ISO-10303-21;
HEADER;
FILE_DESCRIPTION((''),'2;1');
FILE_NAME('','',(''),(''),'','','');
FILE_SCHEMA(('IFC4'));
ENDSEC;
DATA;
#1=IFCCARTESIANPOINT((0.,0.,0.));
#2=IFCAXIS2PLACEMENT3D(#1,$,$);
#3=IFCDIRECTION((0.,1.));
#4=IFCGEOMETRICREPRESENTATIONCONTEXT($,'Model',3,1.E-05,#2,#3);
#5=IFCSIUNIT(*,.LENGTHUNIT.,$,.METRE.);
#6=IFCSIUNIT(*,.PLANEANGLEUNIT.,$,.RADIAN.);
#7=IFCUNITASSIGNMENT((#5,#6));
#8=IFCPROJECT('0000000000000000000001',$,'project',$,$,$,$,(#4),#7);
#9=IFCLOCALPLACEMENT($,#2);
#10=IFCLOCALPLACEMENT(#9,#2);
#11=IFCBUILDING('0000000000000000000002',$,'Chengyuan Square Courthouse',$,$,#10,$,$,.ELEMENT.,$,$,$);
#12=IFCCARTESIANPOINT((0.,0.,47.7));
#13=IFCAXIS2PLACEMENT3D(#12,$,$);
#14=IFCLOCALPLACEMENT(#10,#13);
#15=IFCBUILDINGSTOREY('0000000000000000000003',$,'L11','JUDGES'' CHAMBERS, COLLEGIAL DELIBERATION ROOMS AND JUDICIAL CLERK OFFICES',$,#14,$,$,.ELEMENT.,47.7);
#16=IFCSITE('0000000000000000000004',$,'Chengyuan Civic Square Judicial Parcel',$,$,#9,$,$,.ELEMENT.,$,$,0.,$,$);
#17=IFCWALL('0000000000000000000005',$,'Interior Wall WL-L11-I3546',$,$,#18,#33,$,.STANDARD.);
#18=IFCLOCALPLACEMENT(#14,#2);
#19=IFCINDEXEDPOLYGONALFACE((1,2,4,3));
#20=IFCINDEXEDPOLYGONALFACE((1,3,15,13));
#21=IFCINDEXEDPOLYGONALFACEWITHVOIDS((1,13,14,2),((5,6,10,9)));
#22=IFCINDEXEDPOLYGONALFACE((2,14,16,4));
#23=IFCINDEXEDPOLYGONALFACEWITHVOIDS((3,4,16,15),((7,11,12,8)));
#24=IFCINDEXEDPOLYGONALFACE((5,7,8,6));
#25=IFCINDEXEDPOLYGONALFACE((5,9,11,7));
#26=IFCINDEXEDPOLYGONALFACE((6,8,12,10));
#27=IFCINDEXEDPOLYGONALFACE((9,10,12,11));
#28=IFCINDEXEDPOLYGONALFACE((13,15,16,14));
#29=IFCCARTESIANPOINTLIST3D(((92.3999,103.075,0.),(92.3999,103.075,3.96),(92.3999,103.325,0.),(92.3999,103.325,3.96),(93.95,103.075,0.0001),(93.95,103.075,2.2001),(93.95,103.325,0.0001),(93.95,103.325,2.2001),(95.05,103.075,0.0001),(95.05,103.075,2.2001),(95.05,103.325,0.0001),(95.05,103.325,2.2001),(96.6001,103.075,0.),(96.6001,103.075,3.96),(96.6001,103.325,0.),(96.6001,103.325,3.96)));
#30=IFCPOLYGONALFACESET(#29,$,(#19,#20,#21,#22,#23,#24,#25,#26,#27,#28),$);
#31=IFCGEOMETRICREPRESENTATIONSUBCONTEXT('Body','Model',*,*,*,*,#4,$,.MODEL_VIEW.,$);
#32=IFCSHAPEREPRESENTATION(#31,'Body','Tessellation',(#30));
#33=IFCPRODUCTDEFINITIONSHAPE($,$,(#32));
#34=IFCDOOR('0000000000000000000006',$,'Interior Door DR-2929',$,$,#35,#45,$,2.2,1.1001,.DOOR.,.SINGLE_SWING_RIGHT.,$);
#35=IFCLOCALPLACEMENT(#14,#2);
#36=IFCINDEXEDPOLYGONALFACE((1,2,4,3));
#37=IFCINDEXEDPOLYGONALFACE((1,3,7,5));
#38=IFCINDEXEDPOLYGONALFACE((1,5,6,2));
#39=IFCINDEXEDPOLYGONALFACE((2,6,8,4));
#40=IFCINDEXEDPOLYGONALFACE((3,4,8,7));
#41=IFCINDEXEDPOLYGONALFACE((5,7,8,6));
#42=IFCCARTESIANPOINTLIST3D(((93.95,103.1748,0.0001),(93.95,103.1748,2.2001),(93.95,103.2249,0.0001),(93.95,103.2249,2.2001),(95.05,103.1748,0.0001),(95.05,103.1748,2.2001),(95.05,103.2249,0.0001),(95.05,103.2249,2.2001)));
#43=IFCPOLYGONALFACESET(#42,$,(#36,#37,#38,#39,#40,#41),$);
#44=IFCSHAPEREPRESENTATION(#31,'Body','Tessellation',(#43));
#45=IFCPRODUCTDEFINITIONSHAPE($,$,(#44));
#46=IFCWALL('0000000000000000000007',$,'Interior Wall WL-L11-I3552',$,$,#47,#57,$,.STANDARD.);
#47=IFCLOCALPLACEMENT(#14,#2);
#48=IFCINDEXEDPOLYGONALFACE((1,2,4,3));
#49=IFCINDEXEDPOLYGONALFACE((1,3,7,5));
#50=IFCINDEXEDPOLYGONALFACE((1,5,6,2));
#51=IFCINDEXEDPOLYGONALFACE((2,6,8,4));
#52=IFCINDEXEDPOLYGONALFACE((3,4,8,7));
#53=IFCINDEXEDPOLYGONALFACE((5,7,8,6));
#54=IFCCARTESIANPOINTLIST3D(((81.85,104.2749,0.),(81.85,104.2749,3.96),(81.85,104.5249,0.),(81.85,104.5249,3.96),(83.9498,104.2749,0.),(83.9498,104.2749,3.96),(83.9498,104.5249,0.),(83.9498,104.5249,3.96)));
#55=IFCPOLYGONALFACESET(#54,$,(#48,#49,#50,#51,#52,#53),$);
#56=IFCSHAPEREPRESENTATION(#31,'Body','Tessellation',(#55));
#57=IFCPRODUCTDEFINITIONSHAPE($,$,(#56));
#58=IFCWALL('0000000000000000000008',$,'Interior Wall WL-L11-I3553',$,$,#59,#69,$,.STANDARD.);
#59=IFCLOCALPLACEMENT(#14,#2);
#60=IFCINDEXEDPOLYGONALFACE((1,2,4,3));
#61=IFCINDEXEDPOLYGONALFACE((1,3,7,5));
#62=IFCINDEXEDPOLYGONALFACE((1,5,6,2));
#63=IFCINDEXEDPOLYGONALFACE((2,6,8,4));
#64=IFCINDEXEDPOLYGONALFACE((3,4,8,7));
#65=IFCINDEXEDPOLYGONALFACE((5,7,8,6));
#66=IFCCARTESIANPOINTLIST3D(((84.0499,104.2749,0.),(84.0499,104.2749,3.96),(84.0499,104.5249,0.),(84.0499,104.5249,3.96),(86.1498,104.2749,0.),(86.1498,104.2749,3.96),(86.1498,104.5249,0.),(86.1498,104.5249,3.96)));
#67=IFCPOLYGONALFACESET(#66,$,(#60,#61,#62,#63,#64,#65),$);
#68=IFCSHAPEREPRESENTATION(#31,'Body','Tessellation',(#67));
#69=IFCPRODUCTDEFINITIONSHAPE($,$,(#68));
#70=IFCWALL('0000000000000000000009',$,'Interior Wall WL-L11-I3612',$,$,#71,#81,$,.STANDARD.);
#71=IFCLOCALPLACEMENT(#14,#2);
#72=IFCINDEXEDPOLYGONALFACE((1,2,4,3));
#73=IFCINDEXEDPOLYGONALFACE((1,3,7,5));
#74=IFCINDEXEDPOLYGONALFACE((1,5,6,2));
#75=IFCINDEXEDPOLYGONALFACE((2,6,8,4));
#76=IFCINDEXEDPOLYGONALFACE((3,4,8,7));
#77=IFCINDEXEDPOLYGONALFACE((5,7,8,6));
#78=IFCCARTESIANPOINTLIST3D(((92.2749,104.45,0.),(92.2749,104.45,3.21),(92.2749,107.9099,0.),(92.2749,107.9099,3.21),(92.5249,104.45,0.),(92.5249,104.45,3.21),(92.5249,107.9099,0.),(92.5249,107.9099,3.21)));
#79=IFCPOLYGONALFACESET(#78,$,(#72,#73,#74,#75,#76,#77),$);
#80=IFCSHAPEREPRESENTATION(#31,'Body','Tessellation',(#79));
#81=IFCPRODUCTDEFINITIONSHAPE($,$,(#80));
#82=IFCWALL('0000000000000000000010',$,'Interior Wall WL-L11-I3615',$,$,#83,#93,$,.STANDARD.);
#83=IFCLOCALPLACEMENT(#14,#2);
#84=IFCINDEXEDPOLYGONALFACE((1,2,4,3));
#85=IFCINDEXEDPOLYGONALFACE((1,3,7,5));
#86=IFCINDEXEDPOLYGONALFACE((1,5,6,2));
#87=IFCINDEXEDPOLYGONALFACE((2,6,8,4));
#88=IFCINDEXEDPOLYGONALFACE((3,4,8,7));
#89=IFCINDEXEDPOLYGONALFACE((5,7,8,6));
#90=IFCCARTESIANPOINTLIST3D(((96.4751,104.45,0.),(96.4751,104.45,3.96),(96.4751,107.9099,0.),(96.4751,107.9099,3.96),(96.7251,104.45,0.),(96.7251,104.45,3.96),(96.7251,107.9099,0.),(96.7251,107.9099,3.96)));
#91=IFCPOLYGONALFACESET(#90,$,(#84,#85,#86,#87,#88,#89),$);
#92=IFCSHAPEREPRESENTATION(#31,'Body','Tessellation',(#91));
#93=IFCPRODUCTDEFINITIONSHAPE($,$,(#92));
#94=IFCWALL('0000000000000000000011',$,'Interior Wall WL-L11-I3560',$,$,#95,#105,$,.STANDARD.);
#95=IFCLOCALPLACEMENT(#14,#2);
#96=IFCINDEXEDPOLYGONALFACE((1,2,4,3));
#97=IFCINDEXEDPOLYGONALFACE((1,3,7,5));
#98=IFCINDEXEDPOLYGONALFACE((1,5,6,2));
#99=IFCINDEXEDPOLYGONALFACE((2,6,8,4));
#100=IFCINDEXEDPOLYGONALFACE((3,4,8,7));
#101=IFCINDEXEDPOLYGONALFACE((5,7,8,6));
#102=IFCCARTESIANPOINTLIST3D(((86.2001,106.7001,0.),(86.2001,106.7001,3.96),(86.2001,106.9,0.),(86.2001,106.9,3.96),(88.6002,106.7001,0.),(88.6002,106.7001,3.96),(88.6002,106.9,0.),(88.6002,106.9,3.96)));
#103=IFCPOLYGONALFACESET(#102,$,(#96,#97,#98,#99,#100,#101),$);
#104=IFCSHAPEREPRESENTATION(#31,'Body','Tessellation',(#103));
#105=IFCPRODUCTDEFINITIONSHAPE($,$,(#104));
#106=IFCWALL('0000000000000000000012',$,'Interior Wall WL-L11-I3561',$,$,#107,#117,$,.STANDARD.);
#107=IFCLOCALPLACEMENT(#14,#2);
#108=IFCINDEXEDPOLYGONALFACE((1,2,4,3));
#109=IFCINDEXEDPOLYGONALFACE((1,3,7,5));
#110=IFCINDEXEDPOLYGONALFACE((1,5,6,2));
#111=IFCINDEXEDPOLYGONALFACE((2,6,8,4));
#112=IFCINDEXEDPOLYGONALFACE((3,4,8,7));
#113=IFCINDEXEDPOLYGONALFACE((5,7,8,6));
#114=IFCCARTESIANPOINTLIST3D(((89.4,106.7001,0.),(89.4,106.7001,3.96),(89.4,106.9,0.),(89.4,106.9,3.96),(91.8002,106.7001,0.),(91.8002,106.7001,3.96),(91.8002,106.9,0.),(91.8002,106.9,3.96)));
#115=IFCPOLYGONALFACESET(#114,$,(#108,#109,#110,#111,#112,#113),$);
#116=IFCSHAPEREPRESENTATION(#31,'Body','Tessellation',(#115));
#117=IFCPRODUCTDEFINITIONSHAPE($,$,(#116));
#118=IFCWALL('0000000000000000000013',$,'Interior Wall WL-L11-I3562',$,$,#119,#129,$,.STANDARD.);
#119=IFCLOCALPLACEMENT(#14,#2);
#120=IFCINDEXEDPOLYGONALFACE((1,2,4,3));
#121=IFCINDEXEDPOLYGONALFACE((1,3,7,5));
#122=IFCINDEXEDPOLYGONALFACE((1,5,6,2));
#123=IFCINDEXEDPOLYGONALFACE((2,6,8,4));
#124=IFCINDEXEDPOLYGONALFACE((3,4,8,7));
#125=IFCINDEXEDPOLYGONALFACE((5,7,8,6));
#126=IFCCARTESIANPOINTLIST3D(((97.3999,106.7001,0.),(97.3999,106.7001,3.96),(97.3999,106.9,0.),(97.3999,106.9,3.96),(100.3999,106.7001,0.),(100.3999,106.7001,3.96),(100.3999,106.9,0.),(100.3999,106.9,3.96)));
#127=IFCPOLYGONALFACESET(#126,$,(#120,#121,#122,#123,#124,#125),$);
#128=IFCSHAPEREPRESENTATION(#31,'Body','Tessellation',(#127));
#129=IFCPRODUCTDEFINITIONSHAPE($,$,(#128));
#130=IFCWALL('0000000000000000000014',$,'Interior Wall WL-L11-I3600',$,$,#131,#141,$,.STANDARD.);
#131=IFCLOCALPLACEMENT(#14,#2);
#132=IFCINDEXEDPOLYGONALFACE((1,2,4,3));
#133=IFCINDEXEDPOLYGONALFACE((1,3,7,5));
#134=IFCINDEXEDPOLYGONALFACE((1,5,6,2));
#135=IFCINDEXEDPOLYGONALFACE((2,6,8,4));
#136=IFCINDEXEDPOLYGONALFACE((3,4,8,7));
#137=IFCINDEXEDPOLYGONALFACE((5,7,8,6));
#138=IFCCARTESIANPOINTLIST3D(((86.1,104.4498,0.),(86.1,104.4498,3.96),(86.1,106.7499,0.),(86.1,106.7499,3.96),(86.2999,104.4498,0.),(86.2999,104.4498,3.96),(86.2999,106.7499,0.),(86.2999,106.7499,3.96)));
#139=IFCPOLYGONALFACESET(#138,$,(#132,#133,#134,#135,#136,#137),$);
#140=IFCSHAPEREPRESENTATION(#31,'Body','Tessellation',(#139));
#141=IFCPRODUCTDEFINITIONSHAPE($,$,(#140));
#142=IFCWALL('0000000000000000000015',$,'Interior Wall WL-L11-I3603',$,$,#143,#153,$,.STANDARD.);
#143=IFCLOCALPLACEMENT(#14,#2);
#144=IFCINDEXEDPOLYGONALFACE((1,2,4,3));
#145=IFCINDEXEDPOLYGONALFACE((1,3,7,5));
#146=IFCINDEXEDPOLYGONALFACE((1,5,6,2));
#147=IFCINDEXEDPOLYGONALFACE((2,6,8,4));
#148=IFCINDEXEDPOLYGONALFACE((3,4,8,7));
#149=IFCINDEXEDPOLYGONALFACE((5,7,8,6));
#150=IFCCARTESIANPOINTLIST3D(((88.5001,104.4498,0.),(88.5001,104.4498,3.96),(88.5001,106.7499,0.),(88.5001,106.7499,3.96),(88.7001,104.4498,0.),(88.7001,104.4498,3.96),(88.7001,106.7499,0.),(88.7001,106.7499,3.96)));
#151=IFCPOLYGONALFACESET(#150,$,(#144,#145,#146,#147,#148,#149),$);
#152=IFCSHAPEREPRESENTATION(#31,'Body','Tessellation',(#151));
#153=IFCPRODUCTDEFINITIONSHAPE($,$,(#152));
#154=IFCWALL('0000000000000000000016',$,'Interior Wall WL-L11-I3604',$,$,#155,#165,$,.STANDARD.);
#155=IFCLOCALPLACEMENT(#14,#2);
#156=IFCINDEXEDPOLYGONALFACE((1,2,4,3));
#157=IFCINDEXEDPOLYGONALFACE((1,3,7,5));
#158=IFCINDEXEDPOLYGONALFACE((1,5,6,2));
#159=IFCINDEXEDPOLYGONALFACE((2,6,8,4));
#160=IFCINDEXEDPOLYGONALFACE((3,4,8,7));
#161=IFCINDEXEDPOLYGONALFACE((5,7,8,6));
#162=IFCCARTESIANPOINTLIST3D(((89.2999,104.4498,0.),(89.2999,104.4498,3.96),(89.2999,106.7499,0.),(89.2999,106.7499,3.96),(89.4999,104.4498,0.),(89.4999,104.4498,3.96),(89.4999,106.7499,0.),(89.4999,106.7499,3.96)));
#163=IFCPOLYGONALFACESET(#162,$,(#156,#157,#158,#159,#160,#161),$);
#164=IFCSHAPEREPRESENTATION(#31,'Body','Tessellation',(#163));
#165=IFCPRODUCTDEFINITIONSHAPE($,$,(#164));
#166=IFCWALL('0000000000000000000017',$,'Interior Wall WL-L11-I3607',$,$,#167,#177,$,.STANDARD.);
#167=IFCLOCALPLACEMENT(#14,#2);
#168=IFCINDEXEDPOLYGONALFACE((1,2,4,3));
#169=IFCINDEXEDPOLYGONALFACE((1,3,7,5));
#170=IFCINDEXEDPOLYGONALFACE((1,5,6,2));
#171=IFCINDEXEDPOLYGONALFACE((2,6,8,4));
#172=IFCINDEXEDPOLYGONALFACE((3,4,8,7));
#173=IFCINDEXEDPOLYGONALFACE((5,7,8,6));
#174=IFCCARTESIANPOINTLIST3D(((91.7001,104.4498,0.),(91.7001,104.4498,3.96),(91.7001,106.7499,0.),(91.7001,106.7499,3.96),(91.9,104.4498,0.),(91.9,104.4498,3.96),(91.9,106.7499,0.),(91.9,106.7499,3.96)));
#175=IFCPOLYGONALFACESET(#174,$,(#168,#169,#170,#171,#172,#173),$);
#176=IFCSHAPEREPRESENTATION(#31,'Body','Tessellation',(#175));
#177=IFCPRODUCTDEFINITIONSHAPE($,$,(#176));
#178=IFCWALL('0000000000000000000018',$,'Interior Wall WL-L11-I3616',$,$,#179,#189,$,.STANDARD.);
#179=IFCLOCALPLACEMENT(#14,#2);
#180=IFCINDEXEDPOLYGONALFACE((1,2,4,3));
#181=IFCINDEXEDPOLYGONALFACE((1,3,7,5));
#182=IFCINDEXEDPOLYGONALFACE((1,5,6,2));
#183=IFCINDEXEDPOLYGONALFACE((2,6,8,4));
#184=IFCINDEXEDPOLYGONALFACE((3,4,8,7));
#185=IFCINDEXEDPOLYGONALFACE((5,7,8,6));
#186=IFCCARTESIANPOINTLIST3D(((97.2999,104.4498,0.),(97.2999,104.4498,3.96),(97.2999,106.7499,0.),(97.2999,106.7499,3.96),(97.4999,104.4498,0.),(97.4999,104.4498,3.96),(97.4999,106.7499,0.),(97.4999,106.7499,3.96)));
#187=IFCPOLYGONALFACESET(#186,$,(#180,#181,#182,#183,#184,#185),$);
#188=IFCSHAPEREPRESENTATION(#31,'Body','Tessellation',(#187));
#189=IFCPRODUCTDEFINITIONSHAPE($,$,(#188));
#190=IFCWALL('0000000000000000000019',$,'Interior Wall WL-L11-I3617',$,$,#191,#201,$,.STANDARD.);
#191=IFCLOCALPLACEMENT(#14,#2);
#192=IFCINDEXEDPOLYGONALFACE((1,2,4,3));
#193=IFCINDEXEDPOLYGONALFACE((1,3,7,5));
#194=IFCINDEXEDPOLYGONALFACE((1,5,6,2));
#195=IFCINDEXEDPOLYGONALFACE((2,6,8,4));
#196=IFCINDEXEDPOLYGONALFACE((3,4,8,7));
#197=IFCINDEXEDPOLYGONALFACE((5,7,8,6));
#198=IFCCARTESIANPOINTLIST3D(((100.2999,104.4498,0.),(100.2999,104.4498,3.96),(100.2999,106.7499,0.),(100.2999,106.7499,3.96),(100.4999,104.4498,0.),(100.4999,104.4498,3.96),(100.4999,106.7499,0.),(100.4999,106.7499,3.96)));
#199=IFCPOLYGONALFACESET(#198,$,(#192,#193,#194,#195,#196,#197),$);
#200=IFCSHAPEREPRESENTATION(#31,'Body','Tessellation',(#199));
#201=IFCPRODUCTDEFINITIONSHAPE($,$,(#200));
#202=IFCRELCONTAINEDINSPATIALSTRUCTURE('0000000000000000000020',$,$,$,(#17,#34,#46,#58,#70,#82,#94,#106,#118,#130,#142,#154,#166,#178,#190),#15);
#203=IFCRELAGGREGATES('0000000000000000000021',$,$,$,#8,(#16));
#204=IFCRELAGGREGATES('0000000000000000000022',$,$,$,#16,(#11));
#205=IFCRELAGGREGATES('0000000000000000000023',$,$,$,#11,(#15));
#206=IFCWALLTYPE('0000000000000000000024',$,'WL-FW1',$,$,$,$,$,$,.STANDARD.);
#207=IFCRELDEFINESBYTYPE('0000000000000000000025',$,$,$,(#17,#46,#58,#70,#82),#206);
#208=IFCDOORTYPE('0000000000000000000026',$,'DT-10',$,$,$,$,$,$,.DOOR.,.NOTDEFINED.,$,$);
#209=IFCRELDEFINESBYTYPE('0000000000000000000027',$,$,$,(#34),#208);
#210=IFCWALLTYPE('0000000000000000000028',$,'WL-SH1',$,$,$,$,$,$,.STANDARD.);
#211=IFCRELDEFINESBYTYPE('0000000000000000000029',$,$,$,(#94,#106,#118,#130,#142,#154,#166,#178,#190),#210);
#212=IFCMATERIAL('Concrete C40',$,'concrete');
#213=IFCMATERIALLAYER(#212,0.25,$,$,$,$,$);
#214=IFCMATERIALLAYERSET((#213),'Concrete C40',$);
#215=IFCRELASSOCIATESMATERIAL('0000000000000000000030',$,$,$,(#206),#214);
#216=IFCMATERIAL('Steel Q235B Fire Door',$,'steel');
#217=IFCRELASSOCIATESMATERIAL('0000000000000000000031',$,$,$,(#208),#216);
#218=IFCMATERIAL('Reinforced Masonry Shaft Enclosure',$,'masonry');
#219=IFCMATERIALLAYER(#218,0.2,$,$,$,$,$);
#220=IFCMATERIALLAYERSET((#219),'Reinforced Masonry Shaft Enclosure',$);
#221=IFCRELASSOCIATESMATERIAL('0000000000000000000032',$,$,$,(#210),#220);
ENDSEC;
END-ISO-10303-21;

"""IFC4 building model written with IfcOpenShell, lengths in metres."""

from ifc_helpers import new_model, si_unit, direction, frame, frame_2d, origin, place, context, subcontext, project, spatial, rectangle, extrude, material, layer, layer_set, type_object, element, fill, save


model = new_model("IFC4")

# Units and contexts
model_context = context("Model", 3, precision=1e-05, world=origin(), true_north=direction((0.0, 1.0)))
body_context = subcontext(model_context, "Body", "Model", "MODEL_VIEW")
ifc_project = project(units=[si_unit("LENGTHUNIT", "METRE"), si_unit("PLANEANGLEUNIT", "RADIAN")], contexts=[model_context])

# Site, building, storey
site_placement = place(None, origin())
site = spatial("IfcSite", under=ifc_project, at=site_placement, Name="Chengyuan Civic Square Judicial Parcel", CompositionType="ELEMENT", RefElevation=0.0)
building_placement = place(site_placement, origin())
building = spatial("IfcBuilding", under=site, at=building_placement, Name="Chengyuan Square Courthouse", CompositionType="ELEMENT")
storey_placement = place(building_placement, frame((0.0, 0.0, 47.7)))
storey = spatial("IfcBuildingStorey", under=building, at=storey_placement, Name="L11", Description="JUDGES' CHAMBERS, COLLEGIAL DELIBERATION ROOMS AND JUDICIAL CLERK OFFICES", CompositionType="ELEMENT", Elevation=47.7)

# Shared definitions
ifc_material_1 = material(Name="Concrete C40", Category="concrete")

# Wall, opening, door
ifc_layer_1 = layer(ifc_material_1, 0.25)
ifc_layer_set_1 = layer_set([ifc_layer_1], Name="Concrete C40")
wall_type_1 = type_object("IfcWallType", Name="WL-FW1", PredefinedType="STANDARD", material=ifc_layer_set_1)
wall_1_placement = place(storey_placement, frame((92.3999, 103.2, 0.0), z_axis=(0.0, 0.0, 1.0), x_axis=(1.0, 0.0, 0.0)))
wall_1 = element("IfcWall", 1, at=wall_1_placement, inside=storey, type_object=wall_type_1, Name="Interior Wall WL-L11-I3546", PredefinedType="STANDARD", context=body_context, shape_type="SweptSolid", body=[
    extrude(rectangle(XDim=4.2002, YDim=0.25, at=frame_2d((2.1001, 0.0))), origin(), (0.0, 0.0, 1.0), 3.96),
])
opening_1_placement = place(wall_1_placement, frame((1.55, 0.0, 0.0)))
opening_1 = element("IfcOpeningElement", 2, at=opening_1_placement, cuts=wall_1, PredefinedType="OPENING", context=body_context, shape_type="SweptSolid", body=[
    extrude(rectangle(XDim=1.1001, YDim=2.2, at=frame_2d((0.55, 1.1001))), frame((0.0, 0.137, 0.0), z_axis=(0.0, -1.0, 0.0), x_axis=(1.0, 0.0, 0.0)), (0.0, 0.0, 1.0), 0.2739),
])
ifc_material_2 = material(Name="Steel Q235B Fire Door", Category="steel")
door_type_1 = type_object("IfcDoorType", Name="DT-10", OperationType="NOTDEFINED", PredefinedType="DOOR", material=ifc_material_2)
door_1_placement = place(opening_1_placement, origin())
door_1 = element("IfcDoor", 3, at=door_1_placement, inside=storey, type_object=door_type_1, Name="Interior Door DR-2929", OperationType="SINGLE_SWING_RIGHT", OverallHeight=2.2, OverallWidth=1.1001, PredefinedType="DOOR", context=body_context, shape_type="SweptSolid", body=[
    extrude(rectangle(XDim=1.1001, YDim=2.2, at=frame_2d((0.55, 1.1001))), frame((0.0, 0.0249, 0.0), z_axis=(0.0, -1.0, 0.0), x_axis=(1.0, 0.0, 0.0)), (0.0, 0.0, 1.0), 0.05),
])
fill(opening_1, door_1)

# Walls
for number, where, z_axis, x_axis, name in (
    (4, (81.8501, 104.3999, 0.0), (0.0, 0.0, 1.0), (1.0, 0.0, 0.0), "Interior Wall WL-L11-I3552"),
    (5, (84.05, 104.3999, 0.0), (0.0, 0.0, 1.0), (1.0, 0.0, 0.0), "Interior Wall WL-L11-I3553"),
):
    element("IfcWall", number, at=place(storey_placement, frame(where, z_axis=z_axis, x_axis=x_axis)), inside=storey, type_object=wall_type_1, Name=name, PredefinedType="STANDARD", context=body_context, shape_type="SweptSolid", body=[
        extrude(rectangle(XDim=2.0999, YDim=0.25, at=frame_2d((1.0498, 0.0))), origin(), (0.0, 0.0, 1.0), 3.96),
    ])
wall_2_placement = place(storey_placement, frame((92.3999, 104.45, 0.0), z_axis=(0.0, 0.0, 1.0), x_axis=(0.0, 1.0, 0.0)))
element("IfcWall", 6, at=wall_2_placement, inside=storey, type_object=wall_type_1, Name="Interior Wall WL-L11-I3612", PredefinedType="STANDARD", context=body_context, shape_type="SweptSolid", body=[
    extrude(rectangle(XDim=3.46, YDim=0.25, at=frame_2d((1.73, 0.0))), origin(), (0.0, 0.0, 1.0), 3.21),
])
wall_3_placement = place(storey_placement, frame((96.6001, 104.45, 0.0), z_axis=(0.0, 0.0, 1.0), x_axis=(0.0, 1.0, 0.0)))
element("IfcWall", 7, at=wall_3_placement, inside=storey, type_object=wall_type_1, Name="Interior Wall WL-L11-I3615", PredefinedType="STANDARD", context=body_context, shape_type="SweptSolid", body=[
    extrude(rectangle(XDim=3.46, YDim=0.25, at=frame_2d((1.73, 0.0))), origin(), (0.0, 0.0, 1.0), 3.96),
])

# Shared definitions
ifc_material_3 = material(Name="Reinforced Masonry Shaft Enclosure", Category="masonry")
ifc_layer_2 = layer(ifc_material_3, 0.2)
ifc_layer_set_2 = layer_set([ifc_layer_2], Name="Reinforced Masonry Shaft Enclosure")
wall_type_2 = type_object("IfcWallType", Name="WL-SH1", PredefinedType="STANDARD", material=ifc_layer_set_2)

# Walls
for number, where, z_axis, x_axis, name in (
    (8, (86.2, 106.8, 0.0), (0.0, 0.0, 1.0), (1.0, 0.0, 0.0), "Interior Wall WL-L11-I3560"),
    (9, (89.3999, 106.8, 0.0), (0.0, 0.0, 1.0), (1.0, 0.0, 0.0), "Interior Wall WL-L11-I3561"),
):
    element("IfcWall", number, at=place(storey_placement, frame(where, z_axis=z_axis, x_axis=x_axis)), inside=storey, type_object=wall_type_2, Name=name, PredefinedType="STANDARD", context=body_context, shape_type="SweptSolid", body=[
        extrude(rectangle(XDim=2.4001, YDim=0.2, at=frame_2d((1.2002, 0.0))), origin(), (0.0, 0.0, 1.0), 3.96),
    ])
wall_4_placement = place(storey_placement, frame((97.3999, 106.8, 0.0), z_axis=(0.0, 0.0, 1.0), x_axis=(1.0, 0.0, 0.0)))
element("IfcWall", 10, at=wall_4_placement, inside=storey, type_object=wall_type_2, Name="Interior Wall WL-L11-I3562", PredefinedType="STANDARD", context=body_context, shape_type="SweptSolid", body=[
    extrude(rectangle(XDim=3.0, YDim=0.2, at=frame_2d((1.5, 0.0))), origin(), (0.0, 0.0, 1.0), 3.96),
])
for number, where, z_axis, x_axis, name in (
    (11, (86.2, 104.45, 0.0), (0.0, 0.0, 1.0), (0.0, 1.0, 0.0), "Interior Wall WL-L11-I3600"),
    (12, (88.6001, 104.45, 0.0), (0.0, 0.0, 1.0), (0.0, 1.0, 0.0), "Interior Wall WL-L11-I3603"),
    (13, (89.3999, 104.45, 0.0), (0.0, 0.0, 1.0), (0.0, 1.0, 0.0), "Interior Wall WL-L11-I3604"),
    (14, (91.8, 104.45, 0.0), (0.0, 0.0, 1.0), (0.0, 1.0, 0.0), "Interior Wall WL-L11-I3607"),
    (15, (97.3999, 104.45, 0.0), (0.0, 0.0, 1.0), (0.0, 1.0, 0.0), "Interior Wall WL-L11-I3616"),
    (16, (100.3999, 104.45, 0.0), (0.0, 0.0, 1.0), (0.0, 1.0, 0.0), "Interior Wall WL-L11-I3617"),
):
    element("IfcWall", number, at=place(storey_placement, frame(where, z_axis=z_axis, x_axis=x_axis)), inside=storey, type_object=wall_type_2, Name=name, PredefinedType="STANDARD", context=body_context, shape_type="SweptSolid", body=[
        extrude(rectangle(XDim=2.3, YDim=0.2, at=frame_2d((1.1499, 0.0))), origin(), (0.0, 0.0, 1.0), 3.96),
    ])

save(model, "model.ifc")
